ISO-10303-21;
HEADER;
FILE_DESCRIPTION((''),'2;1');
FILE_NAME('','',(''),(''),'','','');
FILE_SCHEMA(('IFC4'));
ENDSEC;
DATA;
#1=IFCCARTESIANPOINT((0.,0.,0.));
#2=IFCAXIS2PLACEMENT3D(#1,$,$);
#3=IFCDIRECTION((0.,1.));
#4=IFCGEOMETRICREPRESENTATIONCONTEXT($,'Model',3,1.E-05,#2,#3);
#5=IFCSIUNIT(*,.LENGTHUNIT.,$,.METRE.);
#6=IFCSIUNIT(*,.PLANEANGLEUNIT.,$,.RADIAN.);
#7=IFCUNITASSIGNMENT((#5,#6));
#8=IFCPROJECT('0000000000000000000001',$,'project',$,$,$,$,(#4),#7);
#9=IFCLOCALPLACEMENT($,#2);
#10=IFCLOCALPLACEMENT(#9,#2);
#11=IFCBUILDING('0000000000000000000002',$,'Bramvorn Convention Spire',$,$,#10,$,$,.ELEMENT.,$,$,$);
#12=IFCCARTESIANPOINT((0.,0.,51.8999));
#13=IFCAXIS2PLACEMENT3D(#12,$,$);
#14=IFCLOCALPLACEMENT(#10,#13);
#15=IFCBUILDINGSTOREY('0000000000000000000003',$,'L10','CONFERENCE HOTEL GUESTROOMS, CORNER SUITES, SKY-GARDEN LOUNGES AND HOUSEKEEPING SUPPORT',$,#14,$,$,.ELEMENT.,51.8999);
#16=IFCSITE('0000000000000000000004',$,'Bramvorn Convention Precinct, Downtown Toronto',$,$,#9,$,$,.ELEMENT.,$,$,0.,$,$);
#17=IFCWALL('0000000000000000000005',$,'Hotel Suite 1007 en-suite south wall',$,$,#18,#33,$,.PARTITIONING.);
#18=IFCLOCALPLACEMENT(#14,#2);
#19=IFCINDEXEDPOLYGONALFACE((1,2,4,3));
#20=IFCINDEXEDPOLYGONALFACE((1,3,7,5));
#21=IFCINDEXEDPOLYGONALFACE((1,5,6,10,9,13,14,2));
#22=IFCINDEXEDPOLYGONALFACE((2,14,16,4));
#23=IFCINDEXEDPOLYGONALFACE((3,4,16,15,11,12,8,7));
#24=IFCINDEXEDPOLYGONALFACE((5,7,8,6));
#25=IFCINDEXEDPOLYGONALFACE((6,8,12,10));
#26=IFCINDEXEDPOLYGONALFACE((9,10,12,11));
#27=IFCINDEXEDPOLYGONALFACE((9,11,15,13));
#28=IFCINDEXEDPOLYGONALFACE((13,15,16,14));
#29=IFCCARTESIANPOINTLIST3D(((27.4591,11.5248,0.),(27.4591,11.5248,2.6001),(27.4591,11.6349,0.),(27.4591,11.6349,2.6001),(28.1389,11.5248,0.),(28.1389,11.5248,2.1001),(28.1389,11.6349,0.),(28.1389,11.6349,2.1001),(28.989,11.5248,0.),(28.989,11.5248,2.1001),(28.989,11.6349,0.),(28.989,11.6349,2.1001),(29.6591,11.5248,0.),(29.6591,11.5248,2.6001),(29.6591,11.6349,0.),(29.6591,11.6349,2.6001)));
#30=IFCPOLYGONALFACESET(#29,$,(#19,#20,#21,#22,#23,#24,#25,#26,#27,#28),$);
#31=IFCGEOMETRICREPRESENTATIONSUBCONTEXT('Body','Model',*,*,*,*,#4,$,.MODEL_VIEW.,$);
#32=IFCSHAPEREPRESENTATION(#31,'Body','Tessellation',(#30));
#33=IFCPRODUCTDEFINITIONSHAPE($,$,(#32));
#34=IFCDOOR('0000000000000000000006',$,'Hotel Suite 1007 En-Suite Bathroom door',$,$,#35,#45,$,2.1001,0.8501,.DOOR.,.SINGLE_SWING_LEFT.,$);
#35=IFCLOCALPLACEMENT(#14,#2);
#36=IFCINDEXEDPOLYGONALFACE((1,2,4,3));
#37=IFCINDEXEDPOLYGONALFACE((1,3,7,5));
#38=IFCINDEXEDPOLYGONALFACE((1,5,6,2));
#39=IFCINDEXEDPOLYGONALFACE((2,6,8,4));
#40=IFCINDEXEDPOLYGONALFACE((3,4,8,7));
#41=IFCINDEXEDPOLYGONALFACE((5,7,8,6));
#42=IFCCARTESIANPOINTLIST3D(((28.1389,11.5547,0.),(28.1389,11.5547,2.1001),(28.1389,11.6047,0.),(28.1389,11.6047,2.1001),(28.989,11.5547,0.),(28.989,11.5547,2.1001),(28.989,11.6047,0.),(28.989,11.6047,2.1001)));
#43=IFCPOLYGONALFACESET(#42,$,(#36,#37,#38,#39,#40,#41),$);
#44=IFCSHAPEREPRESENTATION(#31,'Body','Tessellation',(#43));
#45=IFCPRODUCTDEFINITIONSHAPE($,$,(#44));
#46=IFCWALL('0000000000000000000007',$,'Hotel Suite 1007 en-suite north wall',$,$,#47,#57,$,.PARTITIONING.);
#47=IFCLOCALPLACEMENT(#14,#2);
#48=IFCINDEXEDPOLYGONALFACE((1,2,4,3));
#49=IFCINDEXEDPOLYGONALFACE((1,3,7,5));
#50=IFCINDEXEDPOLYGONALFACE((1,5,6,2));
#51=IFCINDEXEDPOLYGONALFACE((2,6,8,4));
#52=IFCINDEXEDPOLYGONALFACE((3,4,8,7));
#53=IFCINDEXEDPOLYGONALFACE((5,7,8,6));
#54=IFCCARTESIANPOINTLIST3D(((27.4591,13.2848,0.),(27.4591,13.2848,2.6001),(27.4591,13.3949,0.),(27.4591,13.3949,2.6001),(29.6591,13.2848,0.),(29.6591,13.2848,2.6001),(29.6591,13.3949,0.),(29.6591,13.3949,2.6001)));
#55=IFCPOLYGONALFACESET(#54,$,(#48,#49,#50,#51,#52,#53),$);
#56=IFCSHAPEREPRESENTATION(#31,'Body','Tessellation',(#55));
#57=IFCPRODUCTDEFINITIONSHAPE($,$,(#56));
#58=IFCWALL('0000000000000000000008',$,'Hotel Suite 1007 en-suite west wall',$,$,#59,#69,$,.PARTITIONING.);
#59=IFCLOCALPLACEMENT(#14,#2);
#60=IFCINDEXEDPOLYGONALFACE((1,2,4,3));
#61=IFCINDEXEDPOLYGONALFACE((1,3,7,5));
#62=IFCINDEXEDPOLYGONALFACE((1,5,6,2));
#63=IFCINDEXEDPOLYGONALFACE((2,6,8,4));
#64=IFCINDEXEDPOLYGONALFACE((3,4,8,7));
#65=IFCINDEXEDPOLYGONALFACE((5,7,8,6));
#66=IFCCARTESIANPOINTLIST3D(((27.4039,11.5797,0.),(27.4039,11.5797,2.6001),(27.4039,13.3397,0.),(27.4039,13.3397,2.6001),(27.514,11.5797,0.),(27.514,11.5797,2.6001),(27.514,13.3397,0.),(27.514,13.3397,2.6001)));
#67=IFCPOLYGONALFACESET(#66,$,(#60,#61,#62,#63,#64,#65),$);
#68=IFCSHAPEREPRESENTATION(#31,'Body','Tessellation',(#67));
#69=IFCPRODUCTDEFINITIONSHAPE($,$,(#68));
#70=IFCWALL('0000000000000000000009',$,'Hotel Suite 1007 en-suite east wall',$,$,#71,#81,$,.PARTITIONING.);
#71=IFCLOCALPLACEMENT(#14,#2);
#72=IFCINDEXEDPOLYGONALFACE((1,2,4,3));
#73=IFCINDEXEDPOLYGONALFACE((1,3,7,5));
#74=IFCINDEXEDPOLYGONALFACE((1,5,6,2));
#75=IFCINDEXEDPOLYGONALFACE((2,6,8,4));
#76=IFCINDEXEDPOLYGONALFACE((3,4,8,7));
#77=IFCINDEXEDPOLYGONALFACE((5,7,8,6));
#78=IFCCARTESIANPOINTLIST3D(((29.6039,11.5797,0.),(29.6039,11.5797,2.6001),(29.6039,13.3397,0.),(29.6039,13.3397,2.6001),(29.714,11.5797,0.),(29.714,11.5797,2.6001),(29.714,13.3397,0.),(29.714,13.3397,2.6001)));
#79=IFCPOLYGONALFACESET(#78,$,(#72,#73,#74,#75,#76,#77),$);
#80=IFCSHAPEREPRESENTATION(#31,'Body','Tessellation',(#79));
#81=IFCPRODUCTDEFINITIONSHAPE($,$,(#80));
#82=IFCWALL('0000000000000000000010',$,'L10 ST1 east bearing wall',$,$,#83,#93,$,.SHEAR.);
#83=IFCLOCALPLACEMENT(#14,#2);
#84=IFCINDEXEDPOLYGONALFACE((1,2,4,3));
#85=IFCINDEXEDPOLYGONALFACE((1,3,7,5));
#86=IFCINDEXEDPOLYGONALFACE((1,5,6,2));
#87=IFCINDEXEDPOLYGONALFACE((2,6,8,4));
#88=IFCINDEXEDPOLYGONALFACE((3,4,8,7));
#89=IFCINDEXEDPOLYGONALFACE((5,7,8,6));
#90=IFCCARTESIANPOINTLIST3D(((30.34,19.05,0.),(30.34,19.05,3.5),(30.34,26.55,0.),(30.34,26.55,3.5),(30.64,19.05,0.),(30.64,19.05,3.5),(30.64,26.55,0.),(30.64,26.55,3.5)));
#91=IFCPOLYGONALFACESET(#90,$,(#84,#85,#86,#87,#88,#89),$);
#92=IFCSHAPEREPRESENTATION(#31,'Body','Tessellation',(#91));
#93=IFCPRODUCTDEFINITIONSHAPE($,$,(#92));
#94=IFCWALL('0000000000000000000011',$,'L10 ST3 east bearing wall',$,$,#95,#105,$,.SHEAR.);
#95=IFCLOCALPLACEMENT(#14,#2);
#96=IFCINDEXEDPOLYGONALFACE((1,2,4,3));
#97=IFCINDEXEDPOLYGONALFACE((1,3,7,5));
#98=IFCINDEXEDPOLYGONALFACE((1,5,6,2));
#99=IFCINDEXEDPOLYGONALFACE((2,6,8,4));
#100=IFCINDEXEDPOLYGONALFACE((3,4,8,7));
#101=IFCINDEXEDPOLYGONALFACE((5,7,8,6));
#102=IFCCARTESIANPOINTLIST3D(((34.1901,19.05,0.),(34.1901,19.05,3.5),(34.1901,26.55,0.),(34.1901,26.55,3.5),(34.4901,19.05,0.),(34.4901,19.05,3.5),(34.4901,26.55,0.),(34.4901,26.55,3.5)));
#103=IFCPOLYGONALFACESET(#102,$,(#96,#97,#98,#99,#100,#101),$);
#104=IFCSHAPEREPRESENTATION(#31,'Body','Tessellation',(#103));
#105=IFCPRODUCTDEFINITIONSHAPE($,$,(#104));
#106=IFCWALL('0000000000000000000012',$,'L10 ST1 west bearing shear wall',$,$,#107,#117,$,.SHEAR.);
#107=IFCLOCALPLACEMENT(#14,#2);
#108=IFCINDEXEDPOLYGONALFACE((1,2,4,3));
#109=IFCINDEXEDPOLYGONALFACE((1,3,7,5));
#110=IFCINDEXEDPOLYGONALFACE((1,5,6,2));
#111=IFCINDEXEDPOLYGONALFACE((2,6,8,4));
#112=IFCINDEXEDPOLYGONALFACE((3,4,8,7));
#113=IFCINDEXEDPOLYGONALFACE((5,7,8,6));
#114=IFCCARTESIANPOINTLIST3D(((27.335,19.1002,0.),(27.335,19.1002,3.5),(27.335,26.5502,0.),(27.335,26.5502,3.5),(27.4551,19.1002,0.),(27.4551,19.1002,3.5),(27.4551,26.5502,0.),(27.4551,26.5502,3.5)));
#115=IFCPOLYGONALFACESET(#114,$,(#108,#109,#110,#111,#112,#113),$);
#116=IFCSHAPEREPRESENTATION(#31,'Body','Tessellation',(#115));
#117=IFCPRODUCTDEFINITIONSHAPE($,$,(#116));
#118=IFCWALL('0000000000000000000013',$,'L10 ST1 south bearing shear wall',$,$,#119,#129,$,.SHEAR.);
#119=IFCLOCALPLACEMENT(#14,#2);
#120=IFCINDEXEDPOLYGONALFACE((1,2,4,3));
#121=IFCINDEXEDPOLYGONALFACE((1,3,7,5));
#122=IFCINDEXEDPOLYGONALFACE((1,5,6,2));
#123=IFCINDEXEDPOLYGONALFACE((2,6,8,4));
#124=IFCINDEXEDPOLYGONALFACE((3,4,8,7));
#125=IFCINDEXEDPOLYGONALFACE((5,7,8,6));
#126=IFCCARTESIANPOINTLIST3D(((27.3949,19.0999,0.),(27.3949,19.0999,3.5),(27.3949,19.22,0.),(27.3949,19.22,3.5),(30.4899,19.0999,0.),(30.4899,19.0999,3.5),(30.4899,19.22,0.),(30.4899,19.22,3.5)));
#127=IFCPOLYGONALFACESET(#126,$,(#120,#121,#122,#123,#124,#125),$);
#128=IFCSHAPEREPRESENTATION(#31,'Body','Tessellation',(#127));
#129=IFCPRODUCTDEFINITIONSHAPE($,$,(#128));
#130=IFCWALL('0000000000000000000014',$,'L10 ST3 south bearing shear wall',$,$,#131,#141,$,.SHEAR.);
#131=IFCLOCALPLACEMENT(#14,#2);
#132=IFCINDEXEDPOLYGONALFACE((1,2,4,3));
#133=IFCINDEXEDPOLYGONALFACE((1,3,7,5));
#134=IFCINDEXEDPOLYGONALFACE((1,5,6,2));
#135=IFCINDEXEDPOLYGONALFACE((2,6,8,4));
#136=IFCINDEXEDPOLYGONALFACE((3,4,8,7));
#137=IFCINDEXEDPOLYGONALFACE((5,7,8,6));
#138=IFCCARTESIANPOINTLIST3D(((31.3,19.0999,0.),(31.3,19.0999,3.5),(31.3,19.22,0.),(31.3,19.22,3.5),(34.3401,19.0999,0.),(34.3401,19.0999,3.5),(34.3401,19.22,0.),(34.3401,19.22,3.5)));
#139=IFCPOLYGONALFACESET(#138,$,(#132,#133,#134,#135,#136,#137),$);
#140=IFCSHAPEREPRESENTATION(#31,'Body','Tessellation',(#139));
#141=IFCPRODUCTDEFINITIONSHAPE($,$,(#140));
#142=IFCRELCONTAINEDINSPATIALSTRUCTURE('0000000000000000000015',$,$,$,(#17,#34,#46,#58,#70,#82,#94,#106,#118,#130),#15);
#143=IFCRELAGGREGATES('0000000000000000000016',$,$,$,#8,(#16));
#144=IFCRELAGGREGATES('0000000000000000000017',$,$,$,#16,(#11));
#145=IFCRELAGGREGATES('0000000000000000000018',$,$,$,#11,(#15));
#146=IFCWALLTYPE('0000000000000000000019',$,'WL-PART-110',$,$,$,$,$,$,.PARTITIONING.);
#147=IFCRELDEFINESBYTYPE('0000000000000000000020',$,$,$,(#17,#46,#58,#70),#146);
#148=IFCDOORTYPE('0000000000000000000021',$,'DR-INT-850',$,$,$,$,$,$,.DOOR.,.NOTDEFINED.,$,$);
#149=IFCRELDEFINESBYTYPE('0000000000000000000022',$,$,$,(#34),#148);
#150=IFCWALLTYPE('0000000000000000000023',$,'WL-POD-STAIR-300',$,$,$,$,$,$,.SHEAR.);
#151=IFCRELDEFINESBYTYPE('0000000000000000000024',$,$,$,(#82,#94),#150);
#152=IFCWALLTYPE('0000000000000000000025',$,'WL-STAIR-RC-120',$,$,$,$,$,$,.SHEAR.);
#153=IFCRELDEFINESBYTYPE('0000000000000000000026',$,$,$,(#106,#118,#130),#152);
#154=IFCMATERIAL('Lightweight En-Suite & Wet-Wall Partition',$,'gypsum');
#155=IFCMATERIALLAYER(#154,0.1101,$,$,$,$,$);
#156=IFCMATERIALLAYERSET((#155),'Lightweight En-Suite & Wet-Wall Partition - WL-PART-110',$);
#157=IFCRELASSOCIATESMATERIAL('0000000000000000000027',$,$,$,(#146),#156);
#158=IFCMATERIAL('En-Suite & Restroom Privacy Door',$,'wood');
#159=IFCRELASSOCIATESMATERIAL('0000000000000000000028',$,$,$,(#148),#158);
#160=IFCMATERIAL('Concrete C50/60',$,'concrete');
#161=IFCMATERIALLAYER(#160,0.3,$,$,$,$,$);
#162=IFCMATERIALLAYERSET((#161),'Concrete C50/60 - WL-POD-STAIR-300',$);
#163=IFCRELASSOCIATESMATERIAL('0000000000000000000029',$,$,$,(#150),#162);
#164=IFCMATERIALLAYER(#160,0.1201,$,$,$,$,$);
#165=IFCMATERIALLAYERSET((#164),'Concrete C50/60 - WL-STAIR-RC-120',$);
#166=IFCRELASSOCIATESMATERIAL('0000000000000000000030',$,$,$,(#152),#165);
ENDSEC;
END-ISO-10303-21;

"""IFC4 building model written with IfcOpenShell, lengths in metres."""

from ifc_helpers import new_model, si_unit, direction, frame, frame_2d, origin, place, context, subcontext, project, spatial, rectangle, extrude, material, layer, layer_set, type_object, element, fill, save


model = new_model("IFC4")

# Units and contexts
model_context = context("Model", 3, precision=1e-05, world=origin(), true_north=direction((0.0, 1.0)))
body_context = subcontext(model_context, "Body", "Model", "MODEL_VIEW")
ifc_project = project(units=[si_unit("LENGTHUNIT", "METRE"), si_unit("PLANEANGLEUNIT", "RADIAN")], contexts=[model_context])

# Site, building, storey
site_placement = place(None, origin())
site = spatial("IfcSite", under=ifc_project, at=site_placement, Name="Bramvorn Convention Precinct, Downtown Toronto", CompositionType="ELEMENT", RefElevation=0.0)
building_placement = place(site_placement, origin())
building = spatial("IfcBuilding", under=site, at=building_placement, Name="Bramvorn Convention Spire", CompositionType="ELEMENT")
storey_placement = place(building_placement, frame((0.0, 0.0, 51.8999)))
storey = spatial("IfcBuildingStorey", under=building, at=storey_placement, Name="L10", Description="CONFERENCE HOTEL GUESTROOMS, CORNER SUITES, SKY-GARDEN LOUNGES AND HOUSEKEEPING SUPPORT", CompositionType="ELEMENT", Elevation=51.8999)

# Wall, opening, door
ifc_material_1 = material(Name="Lightweight En-Suite & Wet-Wall Partition", Category="gypsum")
ifc_layer_1 = layer(ifc_material_1, 0.1101)
ifc_layer_set_1 = layer_set([ifc_layer_1], Name="Lightweight En-Suite & Wet-Wall Partition - WL-PART-110")
wall_type_1 = type_object("IfcWallType", Name="WL-PART-110", PredefinedType="PARTITIONING", material=ifc_layer_set_1)
wall_1_placement = place(storey_placement, frame((27.459, 11.5798, 0.0), z_axis=(0.0, 0.0, 1.0), x_axis=(1.0, 0.0, 0.0)))
wall_1 = element("IfcWall", 1, at=wall_1_placement, inside=storey, type_object=wall_type_1, Name="Hotel Suite 1007 en-suite south wall", PredefinedType="PARTITIONING", context=body_context, shape_type="SweptSolid", body=[
    extrude(rectangle(XDim=2.2, YDim=0.1101, at=frame_2d((1.1001, 0.0))), origin(), (0.0, 0.0, 1.0), 2.6001),
])
opening_1_placement = place(wall_1_placement, frame((0.6799, 0.0, 0.0)))
opening_1 = element("IfcOpeningElement", 2, at=opening_1_placement, cuts=wall_1, PredefinedType="OPENING", context=body_context, shape_type="SweptSolid", body=[
    extrude(rectangle(XDim=0.8501, YDim=2.1001, at=frame_2d((0.425, 1.05))), frame((0.0, 0.0649, 0.0), z_axis=(0.0, -1.0, 0.0), x_axis=(1.0, 0.0, 0.0)), (0.0, 0.0, 1.0), 0.1301),
])
ifc_material_2 = material(Name="En-Suite & Restroom Privacy Door", Category="wood")
door_type_1 = type_object("IfcDoorType", Name="DR-INT-850", OperationType="NOTDEFINED", PredefinedType="DOOR", material=ifc_material_2)
door_1_placement = place(opening_1_placement, origin())
door_1 = element("IfcDoor", 3, at=door_1_placement, inside=storey, type_object=door_type_1, Name="Hotel Suite 1007 En-Suite Bathroom door", OperationType="SINGLE_SWING_LEFT", OverallHeight=2.1001, OverallWidth=0.8501, PredefinedType="DOOR", context=body_context, shape_type="SweptSolid", body=[
    extrude(rectangle(XDim=0.8501, YDim=2.1001, at=frame_2d((0.425, 1.05))), frame((0.0, 0.0249, 0.0), z_axis=(0.0, -1.0, 0.0), x_axis=(1.0, 0.0, 0.0)), (0.0, 0.0, 1.0), 0.05),
])
fill(opening_1, door_1)

# Walls
wall_2_placement = place(storey_placement, frame((27.459, 13.3398, 0.0), z_axis=(0.0, 0.0, 1.0), x_axis=(1.0, 0.0, 0.0)))
element("IfcWall", 4, at=wall_2_placement, inside=storey, type_object=wall_type_1, Name="Hotel Suite 1007 en-suite north wall", PredefinedType="PARTITIONING", context=body_context, shape_type="SweptSolid", body=[
    extrude(rectangle(XDim=2.2, YDim=0.1101, at=frame_2d((1.1001, 0.0))), origin(), (0.0, 0.0, 1.0), 2.6001),
])
for number, where, z_axis, x_axis, name in (
    (5, (27.459, 11.5798, 0.0), (0.0, 0.0, 1.0), (0.0, 1.0, 0.0), "Hotel Suite 1007 en-suite west wall"),
    (6, (29.6589, 11.5798, 0.0), (0.0, 0.0, 1.0), (0.0, 1.0, 0.0), "Hotel Suite 1007 en-suite east wall"),
):
    element("IfcWall", number, at=place(storey_placement, frame(where, z_axis=z_axis, x_axis=x_axis)), inside=storey, type_object=wall_type_1, Name=name, PredefinedType="PARTITIONING", context=body_context, shape_type="SweptSolid", body=[
        extrude(rectangle(XDim=1.76, YDim=0.1101, at=frame_2d((0.8799, 0.0))), origin(), (0.0, 0.0, 1.0), 2.6001),
    ])
ifc_material_3 = material(Name="Concrete C50/60", Category="concrete")
ifc_layer_2 = layer(ifc_material_3, 0.3)
ifc_layer_set_2 = layer_set([ifc_layer_2], Name="Concrete C50/60 - WL-POD-STAIR-300")
wall_type_2 = type_object("IfcWallType", Name="WL-POD-STAIR-300", PredefinedType="SHEAR", material=ifc_layer_set_2)
for number, where, z_axis, x_axis, name in (
    (7, (30.49, 19.05, 0.0), (0.0, 0.0, 1.0), (0.0, 1.0, 0.0), "L10 ST1 east bearing wall"),
    (8, (34.3401, 19.05, 0.0), (0.0, 0.0, 1.0), (0.0, 1.0, 0.0), "L10 ST3 east bearing wall"),
):
    element("IfcWall", number, at=place(storey_placement, frame(where, z_axis=z_axis, x_axis=x_axis)), inside=storey, type_object=wall_type_2, Name=name, PredefinedType="SHEAR", context=body_context, shape_type="SweptSolid", body=[
        extrude(rectangle(XDim=7.5, YDim=0.3, at=frame_2d((3.75, 0.0))), origin(), (0.0, 0.0, 1.0), 3.5),
    ])
ifc_layer_3 = layer(ifc_material_3, 0.1201)
ifc_layer_set_3 = layer_set([ifc_layer_3], Name="Concrete C50/60 - WL-STAIR-RC-120")
wall_type_3 = type_object("IfcWallType", Name="WL-STAIR-RC-120", PredefinedType="SHEAR", material=ifc_layer_set_3)
wall_3_placement = place(storey_placement, frame((27.395, 19.1001, 0.0), z_axis=(0.0, 0.0, 1.0), x_axis=(0.0, 1.0, 0.0)))
element("IfcWall", 9, at=wall_3_placement, inside=storey, type_object=wall_type_3, Name="L10 ST1 west bearing shear wall", PredefinedType="SHEAR", context=body_context, shape_type="SweptSolid", body=[
    extrude(rectangle(XDim=7.45, YDim=0.1201, at=frame_2d((3.7251, 0.0))), origin(), (0.0, 0.0, 1.0), 3.5),
])
wall_4_placement = place(storey_placement, frame((27.395, 19.1599, 0.0), z_axis=(0.0, 0.0, 1.0), x_axis=(1.0, 0.0, 0.0)))
element("IfcWall", 10, at=wall_4_placement, inside=storey, type_object=wall_type_3, Name="L10 ST1 south bearing shear wall", PredefinedType="SHEAR", context=body_context, shape_type="SweptSolid", body=[
    extrude(rectangle(XDim=3.095, YDim=0.1201, at=frame_2d((1.5474, 0.0))), origin(), (0.0, 0.0, 1.0), 3.5),
])
wall_5_placement = place(storey_placement, frame((31.3, 19.1599, 0.0), z_axis=(0.0, 0.0, 1.0), x_axis=(1.0, 0.0, 0.0)))
element("IfcWall", 11, at=wall_5_placement, inside=storey, type_object=wall_type_3, Name="L10 ST3 south bearing shear wall", PredefinedType="SHEAR", context=body_context, shape_type="SweptSolid", body=[
    extrude(rectangle(XDim=3.04, YDim=0.1201, at=frame_2d((1.52, 0.0))), origin(), (0.0, 0.0, 1.0), 3.5),
])

save(model, "model.ifc")
